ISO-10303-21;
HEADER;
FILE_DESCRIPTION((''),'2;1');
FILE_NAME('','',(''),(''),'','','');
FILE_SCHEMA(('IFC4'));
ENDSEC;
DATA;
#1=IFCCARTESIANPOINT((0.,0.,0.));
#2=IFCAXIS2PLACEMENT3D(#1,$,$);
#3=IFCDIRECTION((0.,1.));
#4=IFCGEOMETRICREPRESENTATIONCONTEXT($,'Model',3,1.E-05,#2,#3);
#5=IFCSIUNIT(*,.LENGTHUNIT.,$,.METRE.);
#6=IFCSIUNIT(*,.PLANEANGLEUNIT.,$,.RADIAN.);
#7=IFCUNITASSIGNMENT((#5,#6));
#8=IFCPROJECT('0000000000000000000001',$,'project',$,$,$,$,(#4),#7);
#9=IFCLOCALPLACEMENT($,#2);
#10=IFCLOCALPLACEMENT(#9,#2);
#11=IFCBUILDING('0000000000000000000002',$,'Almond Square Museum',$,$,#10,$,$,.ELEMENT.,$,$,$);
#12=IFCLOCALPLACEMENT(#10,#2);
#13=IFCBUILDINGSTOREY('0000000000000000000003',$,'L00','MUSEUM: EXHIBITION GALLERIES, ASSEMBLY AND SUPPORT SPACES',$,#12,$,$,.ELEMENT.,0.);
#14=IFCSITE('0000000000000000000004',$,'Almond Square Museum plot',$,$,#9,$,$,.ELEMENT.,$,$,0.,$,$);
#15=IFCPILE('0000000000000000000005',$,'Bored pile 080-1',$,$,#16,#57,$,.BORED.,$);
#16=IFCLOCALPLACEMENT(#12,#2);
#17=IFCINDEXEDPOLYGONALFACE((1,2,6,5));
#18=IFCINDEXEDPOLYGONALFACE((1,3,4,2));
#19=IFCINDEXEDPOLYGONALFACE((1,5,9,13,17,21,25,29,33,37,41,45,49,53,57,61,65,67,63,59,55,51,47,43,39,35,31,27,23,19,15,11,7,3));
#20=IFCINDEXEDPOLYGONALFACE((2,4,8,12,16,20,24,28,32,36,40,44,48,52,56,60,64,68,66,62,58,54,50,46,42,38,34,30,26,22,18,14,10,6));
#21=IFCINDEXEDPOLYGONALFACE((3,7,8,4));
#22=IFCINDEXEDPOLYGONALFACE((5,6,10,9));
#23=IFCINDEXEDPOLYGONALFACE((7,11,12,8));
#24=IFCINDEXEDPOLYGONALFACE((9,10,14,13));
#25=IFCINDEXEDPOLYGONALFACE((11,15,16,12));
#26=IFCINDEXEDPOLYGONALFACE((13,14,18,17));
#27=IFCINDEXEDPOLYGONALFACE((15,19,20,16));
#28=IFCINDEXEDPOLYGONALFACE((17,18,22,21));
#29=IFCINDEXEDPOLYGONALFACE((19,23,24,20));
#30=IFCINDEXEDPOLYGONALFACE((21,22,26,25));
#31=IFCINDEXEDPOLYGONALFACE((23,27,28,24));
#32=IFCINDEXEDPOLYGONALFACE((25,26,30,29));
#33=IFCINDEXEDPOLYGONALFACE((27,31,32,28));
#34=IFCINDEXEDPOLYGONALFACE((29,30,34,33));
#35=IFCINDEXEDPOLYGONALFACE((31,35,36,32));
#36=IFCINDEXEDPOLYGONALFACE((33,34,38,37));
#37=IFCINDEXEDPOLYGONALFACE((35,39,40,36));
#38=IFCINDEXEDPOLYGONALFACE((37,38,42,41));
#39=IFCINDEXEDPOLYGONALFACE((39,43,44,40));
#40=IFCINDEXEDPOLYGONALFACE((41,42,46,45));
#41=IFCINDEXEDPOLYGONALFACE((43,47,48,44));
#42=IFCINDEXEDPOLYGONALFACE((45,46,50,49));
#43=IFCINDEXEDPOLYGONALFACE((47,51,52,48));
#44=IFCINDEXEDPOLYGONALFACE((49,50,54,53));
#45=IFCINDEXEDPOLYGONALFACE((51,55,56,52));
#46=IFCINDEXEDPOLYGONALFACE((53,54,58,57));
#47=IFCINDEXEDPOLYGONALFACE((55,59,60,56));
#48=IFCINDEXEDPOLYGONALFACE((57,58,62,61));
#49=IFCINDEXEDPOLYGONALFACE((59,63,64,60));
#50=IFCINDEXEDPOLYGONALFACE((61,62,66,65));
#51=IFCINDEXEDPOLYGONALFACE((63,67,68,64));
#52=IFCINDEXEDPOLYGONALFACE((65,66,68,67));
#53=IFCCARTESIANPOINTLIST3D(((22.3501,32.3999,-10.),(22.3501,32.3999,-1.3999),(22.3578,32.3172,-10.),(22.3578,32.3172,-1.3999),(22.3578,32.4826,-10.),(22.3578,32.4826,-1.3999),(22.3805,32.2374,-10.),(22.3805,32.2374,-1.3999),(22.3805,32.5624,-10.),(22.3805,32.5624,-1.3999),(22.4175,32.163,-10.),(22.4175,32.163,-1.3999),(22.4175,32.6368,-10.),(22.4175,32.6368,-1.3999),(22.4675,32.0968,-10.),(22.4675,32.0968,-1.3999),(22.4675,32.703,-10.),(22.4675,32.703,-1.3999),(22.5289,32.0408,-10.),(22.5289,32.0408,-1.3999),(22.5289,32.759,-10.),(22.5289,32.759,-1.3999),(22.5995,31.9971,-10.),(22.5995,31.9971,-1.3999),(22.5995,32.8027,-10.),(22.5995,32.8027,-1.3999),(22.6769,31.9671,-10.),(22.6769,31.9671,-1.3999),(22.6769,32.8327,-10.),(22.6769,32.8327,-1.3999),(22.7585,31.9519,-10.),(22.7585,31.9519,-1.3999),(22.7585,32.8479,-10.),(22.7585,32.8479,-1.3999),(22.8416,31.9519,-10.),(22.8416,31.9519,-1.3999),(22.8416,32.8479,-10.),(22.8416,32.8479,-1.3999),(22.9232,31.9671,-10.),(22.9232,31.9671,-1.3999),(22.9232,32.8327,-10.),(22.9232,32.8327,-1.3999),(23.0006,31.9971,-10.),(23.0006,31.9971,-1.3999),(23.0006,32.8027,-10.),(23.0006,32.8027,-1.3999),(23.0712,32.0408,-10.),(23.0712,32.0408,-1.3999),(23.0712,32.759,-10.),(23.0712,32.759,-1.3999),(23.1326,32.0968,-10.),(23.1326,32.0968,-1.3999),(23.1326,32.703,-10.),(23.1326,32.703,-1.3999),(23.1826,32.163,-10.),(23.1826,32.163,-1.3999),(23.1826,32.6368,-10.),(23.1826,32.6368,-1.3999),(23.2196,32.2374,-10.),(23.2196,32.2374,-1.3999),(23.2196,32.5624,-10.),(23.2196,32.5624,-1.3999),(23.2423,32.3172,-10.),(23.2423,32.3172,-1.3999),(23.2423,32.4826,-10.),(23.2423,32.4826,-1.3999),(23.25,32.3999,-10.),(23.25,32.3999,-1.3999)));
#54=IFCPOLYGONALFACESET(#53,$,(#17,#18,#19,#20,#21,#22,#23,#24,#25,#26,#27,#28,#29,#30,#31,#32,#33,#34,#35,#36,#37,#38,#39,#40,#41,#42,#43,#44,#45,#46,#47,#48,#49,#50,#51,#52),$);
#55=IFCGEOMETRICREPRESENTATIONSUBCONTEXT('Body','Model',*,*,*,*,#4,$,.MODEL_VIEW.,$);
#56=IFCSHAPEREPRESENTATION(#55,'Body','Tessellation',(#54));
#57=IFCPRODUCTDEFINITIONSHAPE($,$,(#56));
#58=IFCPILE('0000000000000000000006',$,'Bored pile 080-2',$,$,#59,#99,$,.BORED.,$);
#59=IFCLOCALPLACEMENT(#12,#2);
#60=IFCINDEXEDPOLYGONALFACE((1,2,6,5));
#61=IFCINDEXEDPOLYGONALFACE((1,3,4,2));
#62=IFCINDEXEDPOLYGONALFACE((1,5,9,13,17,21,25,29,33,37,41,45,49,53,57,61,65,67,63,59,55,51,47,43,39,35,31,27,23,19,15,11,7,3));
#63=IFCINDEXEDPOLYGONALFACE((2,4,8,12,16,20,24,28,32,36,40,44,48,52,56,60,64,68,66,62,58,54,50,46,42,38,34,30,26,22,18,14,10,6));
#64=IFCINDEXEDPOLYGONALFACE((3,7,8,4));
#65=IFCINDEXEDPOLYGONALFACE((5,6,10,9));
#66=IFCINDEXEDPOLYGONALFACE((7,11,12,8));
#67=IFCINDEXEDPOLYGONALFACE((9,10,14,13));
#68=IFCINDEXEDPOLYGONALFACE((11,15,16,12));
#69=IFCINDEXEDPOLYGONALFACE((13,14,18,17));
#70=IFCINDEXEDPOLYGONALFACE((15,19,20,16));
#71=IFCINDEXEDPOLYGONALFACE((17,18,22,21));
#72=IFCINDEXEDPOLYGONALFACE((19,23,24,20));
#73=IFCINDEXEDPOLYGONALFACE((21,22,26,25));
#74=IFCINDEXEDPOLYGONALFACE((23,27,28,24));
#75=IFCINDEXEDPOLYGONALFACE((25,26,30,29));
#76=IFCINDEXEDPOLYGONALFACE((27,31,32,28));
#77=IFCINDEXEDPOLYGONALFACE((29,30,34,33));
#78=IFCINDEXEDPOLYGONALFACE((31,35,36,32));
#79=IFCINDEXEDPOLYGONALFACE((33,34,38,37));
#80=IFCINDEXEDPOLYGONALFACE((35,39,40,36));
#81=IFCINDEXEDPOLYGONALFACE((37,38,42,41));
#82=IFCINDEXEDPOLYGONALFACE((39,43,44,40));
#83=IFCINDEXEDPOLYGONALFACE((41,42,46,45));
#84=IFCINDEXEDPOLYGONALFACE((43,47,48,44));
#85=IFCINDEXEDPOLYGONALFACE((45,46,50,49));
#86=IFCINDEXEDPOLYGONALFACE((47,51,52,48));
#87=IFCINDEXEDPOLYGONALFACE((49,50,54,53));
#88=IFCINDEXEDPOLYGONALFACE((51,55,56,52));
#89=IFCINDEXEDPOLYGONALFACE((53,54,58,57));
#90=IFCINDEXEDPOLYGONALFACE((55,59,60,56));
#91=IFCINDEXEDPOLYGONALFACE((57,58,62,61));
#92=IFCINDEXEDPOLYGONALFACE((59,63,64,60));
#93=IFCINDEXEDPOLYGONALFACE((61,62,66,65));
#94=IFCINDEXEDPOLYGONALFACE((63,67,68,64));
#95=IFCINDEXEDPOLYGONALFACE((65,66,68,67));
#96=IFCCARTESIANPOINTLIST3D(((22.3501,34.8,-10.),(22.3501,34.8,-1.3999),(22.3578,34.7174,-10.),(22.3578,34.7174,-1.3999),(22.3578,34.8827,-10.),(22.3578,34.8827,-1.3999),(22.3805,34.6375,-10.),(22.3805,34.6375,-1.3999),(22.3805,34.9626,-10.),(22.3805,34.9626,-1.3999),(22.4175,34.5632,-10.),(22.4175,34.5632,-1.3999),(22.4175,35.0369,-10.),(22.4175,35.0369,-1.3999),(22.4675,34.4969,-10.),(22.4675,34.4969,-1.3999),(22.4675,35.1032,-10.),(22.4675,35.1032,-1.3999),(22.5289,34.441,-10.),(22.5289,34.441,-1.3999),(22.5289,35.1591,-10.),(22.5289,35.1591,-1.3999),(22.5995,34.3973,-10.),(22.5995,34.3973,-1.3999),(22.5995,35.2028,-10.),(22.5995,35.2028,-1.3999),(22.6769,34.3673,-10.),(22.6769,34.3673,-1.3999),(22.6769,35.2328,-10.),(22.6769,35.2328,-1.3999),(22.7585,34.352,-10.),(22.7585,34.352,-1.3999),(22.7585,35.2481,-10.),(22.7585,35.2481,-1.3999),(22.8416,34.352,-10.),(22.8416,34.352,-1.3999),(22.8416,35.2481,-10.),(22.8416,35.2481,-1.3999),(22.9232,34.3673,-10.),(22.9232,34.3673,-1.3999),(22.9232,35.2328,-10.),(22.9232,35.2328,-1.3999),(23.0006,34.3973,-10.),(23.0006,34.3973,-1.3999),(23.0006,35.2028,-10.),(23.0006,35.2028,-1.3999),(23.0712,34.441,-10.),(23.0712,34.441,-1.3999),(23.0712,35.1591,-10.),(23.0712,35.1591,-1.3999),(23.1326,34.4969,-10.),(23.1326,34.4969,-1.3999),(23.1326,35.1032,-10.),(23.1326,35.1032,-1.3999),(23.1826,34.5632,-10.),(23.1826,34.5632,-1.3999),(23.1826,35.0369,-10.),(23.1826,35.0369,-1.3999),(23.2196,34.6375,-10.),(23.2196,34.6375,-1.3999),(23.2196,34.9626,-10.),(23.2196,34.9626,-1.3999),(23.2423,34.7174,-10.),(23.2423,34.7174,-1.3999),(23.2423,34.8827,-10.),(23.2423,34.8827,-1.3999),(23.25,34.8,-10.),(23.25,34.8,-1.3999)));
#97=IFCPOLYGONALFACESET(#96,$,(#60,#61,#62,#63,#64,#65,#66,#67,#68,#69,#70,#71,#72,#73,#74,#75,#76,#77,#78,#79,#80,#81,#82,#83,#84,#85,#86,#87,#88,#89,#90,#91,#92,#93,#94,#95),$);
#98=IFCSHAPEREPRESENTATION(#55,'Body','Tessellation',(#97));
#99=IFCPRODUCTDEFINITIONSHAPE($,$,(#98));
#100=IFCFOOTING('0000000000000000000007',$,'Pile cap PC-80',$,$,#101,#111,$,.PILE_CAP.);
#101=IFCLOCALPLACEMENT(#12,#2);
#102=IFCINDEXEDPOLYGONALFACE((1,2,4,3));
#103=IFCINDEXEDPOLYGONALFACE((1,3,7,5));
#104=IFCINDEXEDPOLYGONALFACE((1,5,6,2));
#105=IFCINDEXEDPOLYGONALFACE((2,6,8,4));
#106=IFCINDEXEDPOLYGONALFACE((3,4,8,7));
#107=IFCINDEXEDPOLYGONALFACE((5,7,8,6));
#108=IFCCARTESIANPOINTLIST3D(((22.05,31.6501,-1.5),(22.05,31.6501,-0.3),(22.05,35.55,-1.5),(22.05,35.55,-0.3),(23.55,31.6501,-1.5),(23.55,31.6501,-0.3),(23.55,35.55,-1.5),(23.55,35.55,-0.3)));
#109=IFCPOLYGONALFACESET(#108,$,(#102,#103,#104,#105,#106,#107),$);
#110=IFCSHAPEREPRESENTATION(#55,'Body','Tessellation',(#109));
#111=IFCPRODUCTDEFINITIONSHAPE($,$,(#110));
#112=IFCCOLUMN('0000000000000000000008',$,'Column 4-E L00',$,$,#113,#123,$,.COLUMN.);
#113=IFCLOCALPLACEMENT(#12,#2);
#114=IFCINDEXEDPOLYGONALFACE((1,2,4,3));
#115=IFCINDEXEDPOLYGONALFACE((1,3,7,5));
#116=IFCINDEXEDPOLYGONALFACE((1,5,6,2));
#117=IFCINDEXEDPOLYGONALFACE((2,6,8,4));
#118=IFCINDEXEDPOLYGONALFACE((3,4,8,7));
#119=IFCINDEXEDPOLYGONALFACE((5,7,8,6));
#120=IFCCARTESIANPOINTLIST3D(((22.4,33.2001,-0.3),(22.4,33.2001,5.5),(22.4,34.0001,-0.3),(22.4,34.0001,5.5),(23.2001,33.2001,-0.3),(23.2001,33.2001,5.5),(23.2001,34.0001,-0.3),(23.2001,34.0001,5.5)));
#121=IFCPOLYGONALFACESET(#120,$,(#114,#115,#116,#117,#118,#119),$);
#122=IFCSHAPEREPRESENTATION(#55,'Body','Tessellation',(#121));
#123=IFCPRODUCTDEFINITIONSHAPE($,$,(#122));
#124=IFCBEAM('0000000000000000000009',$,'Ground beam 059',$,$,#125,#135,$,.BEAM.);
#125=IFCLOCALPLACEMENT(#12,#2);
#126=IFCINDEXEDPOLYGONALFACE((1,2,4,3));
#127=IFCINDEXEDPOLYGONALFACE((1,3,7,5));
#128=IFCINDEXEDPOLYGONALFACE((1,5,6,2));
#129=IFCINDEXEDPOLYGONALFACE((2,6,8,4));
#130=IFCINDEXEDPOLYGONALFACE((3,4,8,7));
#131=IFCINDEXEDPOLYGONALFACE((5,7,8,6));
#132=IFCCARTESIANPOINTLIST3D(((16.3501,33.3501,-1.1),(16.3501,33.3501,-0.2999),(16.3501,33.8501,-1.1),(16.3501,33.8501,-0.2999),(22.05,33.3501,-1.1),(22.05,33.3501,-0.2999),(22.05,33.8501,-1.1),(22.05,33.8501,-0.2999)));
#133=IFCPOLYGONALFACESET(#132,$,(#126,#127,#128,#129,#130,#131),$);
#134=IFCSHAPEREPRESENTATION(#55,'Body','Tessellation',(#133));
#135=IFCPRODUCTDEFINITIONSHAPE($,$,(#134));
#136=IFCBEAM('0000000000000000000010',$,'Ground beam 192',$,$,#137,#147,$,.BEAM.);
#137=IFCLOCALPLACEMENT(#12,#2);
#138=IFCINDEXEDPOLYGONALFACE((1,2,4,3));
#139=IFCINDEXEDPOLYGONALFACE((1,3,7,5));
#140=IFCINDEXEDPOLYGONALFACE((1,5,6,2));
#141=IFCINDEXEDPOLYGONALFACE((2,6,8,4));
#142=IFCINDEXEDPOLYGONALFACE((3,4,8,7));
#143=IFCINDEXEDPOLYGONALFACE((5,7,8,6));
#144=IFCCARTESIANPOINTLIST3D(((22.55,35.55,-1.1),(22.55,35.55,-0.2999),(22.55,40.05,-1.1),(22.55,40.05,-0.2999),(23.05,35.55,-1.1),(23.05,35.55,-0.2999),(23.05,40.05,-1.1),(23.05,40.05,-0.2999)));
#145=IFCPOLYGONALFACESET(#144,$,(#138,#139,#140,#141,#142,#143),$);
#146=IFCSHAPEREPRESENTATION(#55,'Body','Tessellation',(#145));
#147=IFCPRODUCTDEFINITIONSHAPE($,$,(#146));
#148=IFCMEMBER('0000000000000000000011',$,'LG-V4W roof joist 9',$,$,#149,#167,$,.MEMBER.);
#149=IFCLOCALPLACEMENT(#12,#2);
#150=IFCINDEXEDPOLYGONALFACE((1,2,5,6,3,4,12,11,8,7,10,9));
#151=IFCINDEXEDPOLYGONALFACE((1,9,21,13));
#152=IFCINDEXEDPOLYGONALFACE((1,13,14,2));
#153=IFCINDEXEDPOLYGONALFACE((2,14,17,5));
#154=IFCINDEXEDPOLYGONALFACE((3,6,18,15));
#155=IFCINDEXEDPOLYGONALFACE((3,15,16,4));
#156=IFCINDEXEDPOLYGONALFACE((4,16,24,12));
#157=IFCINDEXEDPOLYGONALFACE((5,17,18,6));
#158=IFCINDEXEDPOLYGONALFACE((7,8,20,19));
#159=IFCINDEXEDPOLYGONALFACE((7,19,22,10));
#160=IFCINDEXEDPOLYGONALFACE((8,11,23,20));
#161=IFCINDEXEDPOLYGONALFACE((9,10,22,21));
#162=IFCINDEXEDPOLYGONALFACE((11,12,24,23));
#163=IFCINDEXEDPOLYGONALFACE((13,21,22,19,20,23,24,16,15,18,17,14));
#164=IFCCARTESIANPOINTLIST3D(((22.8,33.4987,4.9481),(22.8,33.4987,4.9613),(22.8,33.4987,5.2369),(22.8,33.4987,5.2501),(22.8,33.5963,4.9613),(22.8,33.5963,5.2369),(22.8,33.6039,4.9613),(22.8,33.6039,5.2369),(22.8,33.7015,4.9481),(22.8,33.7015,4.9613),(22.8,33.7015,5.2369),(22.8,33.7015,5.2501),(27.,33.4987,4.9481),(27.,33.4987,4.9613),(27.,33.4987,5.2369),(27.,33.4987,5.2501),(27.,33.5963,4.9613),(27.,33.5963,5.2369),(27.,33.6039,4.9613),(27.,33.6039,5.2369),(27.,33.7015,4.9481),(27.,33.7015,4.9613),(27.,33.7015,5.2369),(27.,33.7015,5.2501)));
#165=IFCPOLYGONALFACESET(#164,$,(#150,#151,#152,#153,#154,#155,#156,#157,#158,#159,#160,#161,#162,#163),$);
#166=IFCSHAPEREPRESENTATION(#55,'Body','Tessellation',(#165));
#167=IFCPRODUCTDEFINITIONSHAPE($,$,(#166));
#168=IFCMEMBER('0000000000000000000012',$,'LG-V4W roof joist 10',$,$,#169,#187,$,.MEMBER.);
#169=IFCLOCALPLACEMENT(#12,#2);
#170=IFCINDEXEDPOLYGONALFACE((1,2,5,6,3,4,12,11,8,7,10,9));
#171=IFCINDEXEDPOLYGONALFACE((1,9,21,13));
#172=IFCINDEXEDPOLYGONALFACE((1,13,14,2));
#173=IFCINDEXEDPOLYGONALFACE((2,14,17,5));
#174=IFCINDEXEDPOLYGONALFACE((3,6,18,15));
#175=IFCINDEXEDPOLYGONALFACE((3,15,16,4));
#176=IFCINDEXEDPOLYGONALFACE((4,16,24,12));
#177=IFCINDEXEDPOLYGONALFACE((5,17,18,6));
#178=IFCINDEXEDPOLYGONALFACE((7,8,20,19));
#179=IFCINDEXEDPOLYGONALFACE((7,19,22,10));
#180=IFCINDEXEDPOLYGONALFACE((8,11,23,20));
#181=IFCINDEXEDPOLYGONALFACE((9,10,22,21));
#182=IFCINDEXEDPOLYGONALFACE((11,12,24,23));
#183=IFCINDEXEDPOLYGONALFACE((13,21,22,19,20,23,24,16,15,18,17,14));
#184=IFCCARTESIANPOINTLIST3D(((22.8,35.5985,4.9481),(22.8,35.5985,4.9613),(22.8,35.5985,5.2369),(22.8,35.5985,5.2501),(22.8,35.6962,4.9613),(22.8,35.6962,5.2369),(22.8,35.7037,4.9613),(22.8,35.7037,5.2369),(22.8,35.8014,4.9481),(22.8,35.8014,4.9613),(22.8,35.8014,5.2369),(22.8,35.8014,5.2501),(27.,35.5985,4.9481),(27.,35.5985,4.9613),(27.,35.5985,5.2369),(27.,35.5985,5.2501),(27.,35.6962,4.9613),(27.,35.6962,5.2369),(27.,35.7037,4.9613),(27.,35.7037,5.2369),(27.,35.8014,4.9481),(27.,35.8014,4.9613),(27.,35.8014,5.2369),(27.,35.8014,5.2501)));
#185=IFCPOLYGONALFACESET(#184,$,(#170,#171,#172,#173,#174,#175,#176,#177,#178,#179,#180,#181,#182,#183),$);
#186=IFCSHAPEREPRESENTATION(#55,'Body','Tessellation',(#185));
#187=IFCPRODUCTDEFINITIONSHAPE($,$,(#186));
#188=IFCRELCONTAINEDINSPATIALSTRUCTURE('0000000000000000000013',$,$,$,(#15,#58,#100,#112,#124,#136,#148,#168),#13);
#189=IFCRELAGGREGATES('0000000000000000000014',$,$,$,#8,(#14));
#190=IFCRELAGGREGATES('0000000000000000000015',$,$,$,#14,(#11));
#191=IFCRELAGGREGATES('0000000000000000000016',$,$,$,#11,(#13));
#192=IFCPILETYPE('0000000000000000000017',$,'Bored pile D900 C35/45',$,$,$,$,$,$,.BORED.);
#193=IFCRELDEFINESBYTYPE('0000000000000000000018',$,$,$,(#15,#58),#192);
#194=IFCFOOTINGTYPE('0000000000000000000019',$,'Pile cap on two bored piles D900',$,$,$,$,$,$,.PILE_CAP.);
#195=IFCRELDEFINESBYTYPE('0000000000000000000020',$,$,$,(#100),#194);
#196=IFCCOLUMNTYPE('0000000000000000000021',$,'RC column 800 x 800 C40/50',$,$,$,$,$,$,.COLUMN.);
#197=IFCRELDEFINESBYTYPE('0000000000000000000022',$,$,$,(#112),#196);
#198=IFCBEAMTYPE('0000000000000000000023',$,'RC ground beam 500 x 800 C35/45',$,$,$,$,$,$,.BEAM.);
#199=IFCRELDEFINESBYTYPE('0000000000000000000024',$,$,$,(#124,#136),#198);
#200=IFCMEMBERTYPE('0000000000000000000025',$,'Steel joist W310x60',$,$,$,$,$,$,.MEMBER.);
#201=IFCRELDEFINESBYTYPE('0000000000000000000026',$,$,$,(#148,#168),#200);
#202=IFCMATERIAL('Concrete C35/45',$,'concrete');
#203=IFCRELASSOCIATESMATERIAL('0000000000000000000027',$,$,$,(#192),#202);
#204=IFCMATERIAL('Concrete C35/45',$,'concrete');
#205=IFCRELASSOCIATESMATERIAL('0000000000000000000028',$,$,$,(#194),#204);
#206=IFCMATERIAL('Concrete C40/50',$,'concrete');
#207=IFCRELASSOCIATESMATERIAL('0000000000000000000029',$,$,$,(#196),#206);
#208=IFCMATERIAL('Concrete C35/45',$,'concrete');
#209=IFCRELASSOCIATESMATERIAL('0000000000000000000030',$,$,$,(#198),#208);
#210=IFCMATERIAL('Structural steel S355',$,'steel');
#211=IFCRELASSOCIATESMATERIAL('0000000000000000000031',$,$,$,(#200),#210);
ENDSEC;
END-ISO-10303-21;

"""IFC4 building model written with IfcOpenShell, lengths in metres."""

from ifc_helpers import new_model, si_unit, direction, frame, origin, origin_2d, place, context, subcontext, project, spatial, rectangle, circle, i_section, extrude, material, material_profile, profile_set, type_object, element, save


model = new_model("IFC4")

# Units and contexts
model_context = context("Model", 3, precision=1e-05, world=origin(), true_north=direction((0.0, 1.0)))
body_context = subcontext(model_context, "Body", "Model", "MODEL_VIEW")
ifc_project = project(units=[si_unit("LENGTHUNIT", "METRE"), si_unit("PLANEANGLEUNIT", "RADIAN")], contexts=[model_context])

# Site, building, storey
site_placement = place(None, origin())
site = spatial("IfcSite", under=ifc_project, at=site_placement, Name="Almond Square Museum plot", CompositionType="ELEMENT", RefElevation=0.0)
building_placement = place(site_placement, origin())
building = spatial("IfcBuilding", under=site, at=building_placement, Name="Almond Square Museum", CompositionType="ELEMENT")
storey_placement = place(building_placement, origin())
storey = spatial("IfcBuildingStorey", under=building, at=storey_placement, Name="L00", Description="MUSEUM: EXHIBITION GALLERIES, ASSEMBLY AND SUPPORT SPACES", CompositionType="ELEMENT", Elevation=0.0)

# Piles
ifc_material_1 = material(Name="Concrete C35/45", Category="concrete")
ifc_material_profile_1 = material_profile(ifc_material_1, circle(Radius=0.45, at=origin_2d()))
ifc_profile_set_1 = profile_set([ifc_material_profile_1], Name="Concrete C35/45")
pile_type = type_object("IfcPileType", Name="Bored pile D900 C35/45", PredefinedType="BORED", material=ifc_profile_set_1)
for number, where, z_axis, x_axis, name in (
    (1, (22.8, 32.3999, -1.3999), (0.0, 0.0, -1.0), (1.0, 0.0, 0.0), "Bored pile 080-1"),
    (2, (22.8, 34.8, -1.3999), (0.0, 0.0, -1.0), (1.0, 0.0, 0.0), "Bored pile 080-2"),
):
    element("IfcPile", number, at=place(storey_placement, frame(where, z_axis=z_axis, x_axis=x_axis)), inside=storey, type_object=pile_type, Name=name, PredefinedType="BORED", context=body_context, shape_type="SweptSolid", body=[
        extrude(circle(Radius=0.45, at=origin_2d()), origin(), (0.0, 0.0, 1.0), 8.6001),
    ])

# Footing
ifc_material_2 = material(Name="Concrete C35/45", Category="concrete")
footing_type = type_object("IfcFootingType", Name="Pile cap on two bored piles D900", PredefinedType="PILE_CAP", material=ifc_material_2)
footing_placement = place(storey_placement, frame((22.8, 33.6001, -1.5), z_axis=(0.0, 0.0, 1.0), x_axis=(1.0, 0.0, 0.0)))
element("IfcFooting", 3, at=footing_placement, inside=storey, type_object=footing_type, Name="Pile cap PC-80", PredefinedType="PILE_CAP", context=body_context, shape_type="SweptSolid", body=[
    extrude(rectangle(XDim=1.5, YDim=3.8999, at=origin_2d()), origin(), (0.0, 0.0, 1.0), 1.2),
])

# Column
ifc_material_3 = material(Name="Concrete C40/50", Category="concrete")
ifc_material_profile_2 = material_profile(ifc_material_3, rectangle(XDim=0.8, YDim=0.8, at=origin_2d()))
ifc_profile_set_2 = profile_set([ifc_material_profile_2], Name="Concrete C40/50")
column_type = type_object("IfcColumnType", Name="RC column 800 x 800 C40/50", PredefinedType="COLUMN", material=ifc_profile_set_2)
column_placement = place(storey_placement, frame((22.8, 33.6001, -0.3), z_axis=(0.0, 0.0, 1.0), x_axis=(1.0, 0.0, 0.0)))
element("IfcColumn", 4, at=column_placement, inside=storey, type_object=column_type, Name="Column 4-E L00", PredefinedType="COLUMN", context=body_context, shape_type="SweptSolid", body=[
    extrude(rectangle(XDim=0.8, YDim=0.8, at=origin_2d()), origin(), (0.0, 0.0, 1.0), 5.8),
])

# Beams
ifc_material_4 = material(Name="Concrete C35/45", Category="concrete")
ifc_material_profile_3 = material_profile(ifc_material_4, rectangle(XDim=0.5, YDim=0.8, at=origin_2d()))
ifc_profile_set_3 = profile_set([ifc_material_profile_3], Name="Concrete C35/45")
beam_type = type_object("IfcBeamType", Name="RC ground beam 500 x 800 C35/45", PredefinedType="BEAM", material=ifc_profile_set_3)
beam_1_placement = place(storey_placement, frame((16.3501, 33.6001, -0.7), z_axis=(1.0, 0.0, 0.0), x_axis=(0.0, 1.0, 0.0)))
element("IfcBeam", 5, at=beam_1_placement, inside=storey, type_object=beam_type, Name="Ground beam 059", PredefinedType="BEAM", context=body_context, shape_type="SweptSolid", body=[
    extrude(rectangle(XDim=0.5, YDim=0.8, at=origin_2d()), origin(), (0.0, 0.0, 1.0), 5.7),
])
beam_2_placement = place(storey_placement, frame((22.8, 35.55, -0.7), z_axis=(0.0, 1.0, 0.0), x_axis=(-1.0, 0.0, 0.0)))
element("IfcBeam", 6, at=beam_2_placement, inside=storey, type_object=beam_type, Name="Ground beam 192", PredefinedType="BEAM", context=body_context, shape_type="SweptSolid", body=[
    extrude(rectangle(XDim=0.5, YDim=0.8, at=origin_2d()), origin(), (0.0, 0.0, 1.0), 4.5),
])

# Members
ifc_material_5 = material(Name="Structural steel S355", Category="steel")
ifc_material_profile_4 = material_profile(ifc_material_5, i_section(OverallWidth=0.2029, OverallDepth=0.302, WebThickness=0.0076, FlangeThickness=0.0132, at=origin_2d()))
ifc_profile_set_4 = profile_set([ifc_material_profile_4], Name="Structural steel S355")
member_type = type_object("IfcMemberType", Name="Steel joist W310x60", PredefinedType="MEMBER", material=ifc_profile_set_4)
for number, where, z_axis, x_axis, name in (
    (7, (22.8, 33.6001, 5.0991), (1.0, 0.0, 0.0), (0.0, 1.0, 0.0), "LG-V4W roof joist 9"),
    (8, (22.8, 35.7, 5.0991), (1.0, 0.0, 0.0), (0.0, 1.0, 0.0), "LG-V4W roof joist 10"),
):
    element("IfcMember", number, at=place(storey_placement, frame(where, z_axis=z_axis, x_axis=x_axis)), inside=storey, type_object=member_type, Name=name, PredefinedType="MEMBER", context=body_context, shape_type="SweptSolid", body=[
        extrude(i_section(OverallWidth=0.2029, OverallDepth=0.302, WebThickness=0.0076, FlangeThickness=0.0132, at=origin_2d()), origin(), (0.0, 0.0, 1.0), 4.2),
    ])

save(model, "model.ifc")
